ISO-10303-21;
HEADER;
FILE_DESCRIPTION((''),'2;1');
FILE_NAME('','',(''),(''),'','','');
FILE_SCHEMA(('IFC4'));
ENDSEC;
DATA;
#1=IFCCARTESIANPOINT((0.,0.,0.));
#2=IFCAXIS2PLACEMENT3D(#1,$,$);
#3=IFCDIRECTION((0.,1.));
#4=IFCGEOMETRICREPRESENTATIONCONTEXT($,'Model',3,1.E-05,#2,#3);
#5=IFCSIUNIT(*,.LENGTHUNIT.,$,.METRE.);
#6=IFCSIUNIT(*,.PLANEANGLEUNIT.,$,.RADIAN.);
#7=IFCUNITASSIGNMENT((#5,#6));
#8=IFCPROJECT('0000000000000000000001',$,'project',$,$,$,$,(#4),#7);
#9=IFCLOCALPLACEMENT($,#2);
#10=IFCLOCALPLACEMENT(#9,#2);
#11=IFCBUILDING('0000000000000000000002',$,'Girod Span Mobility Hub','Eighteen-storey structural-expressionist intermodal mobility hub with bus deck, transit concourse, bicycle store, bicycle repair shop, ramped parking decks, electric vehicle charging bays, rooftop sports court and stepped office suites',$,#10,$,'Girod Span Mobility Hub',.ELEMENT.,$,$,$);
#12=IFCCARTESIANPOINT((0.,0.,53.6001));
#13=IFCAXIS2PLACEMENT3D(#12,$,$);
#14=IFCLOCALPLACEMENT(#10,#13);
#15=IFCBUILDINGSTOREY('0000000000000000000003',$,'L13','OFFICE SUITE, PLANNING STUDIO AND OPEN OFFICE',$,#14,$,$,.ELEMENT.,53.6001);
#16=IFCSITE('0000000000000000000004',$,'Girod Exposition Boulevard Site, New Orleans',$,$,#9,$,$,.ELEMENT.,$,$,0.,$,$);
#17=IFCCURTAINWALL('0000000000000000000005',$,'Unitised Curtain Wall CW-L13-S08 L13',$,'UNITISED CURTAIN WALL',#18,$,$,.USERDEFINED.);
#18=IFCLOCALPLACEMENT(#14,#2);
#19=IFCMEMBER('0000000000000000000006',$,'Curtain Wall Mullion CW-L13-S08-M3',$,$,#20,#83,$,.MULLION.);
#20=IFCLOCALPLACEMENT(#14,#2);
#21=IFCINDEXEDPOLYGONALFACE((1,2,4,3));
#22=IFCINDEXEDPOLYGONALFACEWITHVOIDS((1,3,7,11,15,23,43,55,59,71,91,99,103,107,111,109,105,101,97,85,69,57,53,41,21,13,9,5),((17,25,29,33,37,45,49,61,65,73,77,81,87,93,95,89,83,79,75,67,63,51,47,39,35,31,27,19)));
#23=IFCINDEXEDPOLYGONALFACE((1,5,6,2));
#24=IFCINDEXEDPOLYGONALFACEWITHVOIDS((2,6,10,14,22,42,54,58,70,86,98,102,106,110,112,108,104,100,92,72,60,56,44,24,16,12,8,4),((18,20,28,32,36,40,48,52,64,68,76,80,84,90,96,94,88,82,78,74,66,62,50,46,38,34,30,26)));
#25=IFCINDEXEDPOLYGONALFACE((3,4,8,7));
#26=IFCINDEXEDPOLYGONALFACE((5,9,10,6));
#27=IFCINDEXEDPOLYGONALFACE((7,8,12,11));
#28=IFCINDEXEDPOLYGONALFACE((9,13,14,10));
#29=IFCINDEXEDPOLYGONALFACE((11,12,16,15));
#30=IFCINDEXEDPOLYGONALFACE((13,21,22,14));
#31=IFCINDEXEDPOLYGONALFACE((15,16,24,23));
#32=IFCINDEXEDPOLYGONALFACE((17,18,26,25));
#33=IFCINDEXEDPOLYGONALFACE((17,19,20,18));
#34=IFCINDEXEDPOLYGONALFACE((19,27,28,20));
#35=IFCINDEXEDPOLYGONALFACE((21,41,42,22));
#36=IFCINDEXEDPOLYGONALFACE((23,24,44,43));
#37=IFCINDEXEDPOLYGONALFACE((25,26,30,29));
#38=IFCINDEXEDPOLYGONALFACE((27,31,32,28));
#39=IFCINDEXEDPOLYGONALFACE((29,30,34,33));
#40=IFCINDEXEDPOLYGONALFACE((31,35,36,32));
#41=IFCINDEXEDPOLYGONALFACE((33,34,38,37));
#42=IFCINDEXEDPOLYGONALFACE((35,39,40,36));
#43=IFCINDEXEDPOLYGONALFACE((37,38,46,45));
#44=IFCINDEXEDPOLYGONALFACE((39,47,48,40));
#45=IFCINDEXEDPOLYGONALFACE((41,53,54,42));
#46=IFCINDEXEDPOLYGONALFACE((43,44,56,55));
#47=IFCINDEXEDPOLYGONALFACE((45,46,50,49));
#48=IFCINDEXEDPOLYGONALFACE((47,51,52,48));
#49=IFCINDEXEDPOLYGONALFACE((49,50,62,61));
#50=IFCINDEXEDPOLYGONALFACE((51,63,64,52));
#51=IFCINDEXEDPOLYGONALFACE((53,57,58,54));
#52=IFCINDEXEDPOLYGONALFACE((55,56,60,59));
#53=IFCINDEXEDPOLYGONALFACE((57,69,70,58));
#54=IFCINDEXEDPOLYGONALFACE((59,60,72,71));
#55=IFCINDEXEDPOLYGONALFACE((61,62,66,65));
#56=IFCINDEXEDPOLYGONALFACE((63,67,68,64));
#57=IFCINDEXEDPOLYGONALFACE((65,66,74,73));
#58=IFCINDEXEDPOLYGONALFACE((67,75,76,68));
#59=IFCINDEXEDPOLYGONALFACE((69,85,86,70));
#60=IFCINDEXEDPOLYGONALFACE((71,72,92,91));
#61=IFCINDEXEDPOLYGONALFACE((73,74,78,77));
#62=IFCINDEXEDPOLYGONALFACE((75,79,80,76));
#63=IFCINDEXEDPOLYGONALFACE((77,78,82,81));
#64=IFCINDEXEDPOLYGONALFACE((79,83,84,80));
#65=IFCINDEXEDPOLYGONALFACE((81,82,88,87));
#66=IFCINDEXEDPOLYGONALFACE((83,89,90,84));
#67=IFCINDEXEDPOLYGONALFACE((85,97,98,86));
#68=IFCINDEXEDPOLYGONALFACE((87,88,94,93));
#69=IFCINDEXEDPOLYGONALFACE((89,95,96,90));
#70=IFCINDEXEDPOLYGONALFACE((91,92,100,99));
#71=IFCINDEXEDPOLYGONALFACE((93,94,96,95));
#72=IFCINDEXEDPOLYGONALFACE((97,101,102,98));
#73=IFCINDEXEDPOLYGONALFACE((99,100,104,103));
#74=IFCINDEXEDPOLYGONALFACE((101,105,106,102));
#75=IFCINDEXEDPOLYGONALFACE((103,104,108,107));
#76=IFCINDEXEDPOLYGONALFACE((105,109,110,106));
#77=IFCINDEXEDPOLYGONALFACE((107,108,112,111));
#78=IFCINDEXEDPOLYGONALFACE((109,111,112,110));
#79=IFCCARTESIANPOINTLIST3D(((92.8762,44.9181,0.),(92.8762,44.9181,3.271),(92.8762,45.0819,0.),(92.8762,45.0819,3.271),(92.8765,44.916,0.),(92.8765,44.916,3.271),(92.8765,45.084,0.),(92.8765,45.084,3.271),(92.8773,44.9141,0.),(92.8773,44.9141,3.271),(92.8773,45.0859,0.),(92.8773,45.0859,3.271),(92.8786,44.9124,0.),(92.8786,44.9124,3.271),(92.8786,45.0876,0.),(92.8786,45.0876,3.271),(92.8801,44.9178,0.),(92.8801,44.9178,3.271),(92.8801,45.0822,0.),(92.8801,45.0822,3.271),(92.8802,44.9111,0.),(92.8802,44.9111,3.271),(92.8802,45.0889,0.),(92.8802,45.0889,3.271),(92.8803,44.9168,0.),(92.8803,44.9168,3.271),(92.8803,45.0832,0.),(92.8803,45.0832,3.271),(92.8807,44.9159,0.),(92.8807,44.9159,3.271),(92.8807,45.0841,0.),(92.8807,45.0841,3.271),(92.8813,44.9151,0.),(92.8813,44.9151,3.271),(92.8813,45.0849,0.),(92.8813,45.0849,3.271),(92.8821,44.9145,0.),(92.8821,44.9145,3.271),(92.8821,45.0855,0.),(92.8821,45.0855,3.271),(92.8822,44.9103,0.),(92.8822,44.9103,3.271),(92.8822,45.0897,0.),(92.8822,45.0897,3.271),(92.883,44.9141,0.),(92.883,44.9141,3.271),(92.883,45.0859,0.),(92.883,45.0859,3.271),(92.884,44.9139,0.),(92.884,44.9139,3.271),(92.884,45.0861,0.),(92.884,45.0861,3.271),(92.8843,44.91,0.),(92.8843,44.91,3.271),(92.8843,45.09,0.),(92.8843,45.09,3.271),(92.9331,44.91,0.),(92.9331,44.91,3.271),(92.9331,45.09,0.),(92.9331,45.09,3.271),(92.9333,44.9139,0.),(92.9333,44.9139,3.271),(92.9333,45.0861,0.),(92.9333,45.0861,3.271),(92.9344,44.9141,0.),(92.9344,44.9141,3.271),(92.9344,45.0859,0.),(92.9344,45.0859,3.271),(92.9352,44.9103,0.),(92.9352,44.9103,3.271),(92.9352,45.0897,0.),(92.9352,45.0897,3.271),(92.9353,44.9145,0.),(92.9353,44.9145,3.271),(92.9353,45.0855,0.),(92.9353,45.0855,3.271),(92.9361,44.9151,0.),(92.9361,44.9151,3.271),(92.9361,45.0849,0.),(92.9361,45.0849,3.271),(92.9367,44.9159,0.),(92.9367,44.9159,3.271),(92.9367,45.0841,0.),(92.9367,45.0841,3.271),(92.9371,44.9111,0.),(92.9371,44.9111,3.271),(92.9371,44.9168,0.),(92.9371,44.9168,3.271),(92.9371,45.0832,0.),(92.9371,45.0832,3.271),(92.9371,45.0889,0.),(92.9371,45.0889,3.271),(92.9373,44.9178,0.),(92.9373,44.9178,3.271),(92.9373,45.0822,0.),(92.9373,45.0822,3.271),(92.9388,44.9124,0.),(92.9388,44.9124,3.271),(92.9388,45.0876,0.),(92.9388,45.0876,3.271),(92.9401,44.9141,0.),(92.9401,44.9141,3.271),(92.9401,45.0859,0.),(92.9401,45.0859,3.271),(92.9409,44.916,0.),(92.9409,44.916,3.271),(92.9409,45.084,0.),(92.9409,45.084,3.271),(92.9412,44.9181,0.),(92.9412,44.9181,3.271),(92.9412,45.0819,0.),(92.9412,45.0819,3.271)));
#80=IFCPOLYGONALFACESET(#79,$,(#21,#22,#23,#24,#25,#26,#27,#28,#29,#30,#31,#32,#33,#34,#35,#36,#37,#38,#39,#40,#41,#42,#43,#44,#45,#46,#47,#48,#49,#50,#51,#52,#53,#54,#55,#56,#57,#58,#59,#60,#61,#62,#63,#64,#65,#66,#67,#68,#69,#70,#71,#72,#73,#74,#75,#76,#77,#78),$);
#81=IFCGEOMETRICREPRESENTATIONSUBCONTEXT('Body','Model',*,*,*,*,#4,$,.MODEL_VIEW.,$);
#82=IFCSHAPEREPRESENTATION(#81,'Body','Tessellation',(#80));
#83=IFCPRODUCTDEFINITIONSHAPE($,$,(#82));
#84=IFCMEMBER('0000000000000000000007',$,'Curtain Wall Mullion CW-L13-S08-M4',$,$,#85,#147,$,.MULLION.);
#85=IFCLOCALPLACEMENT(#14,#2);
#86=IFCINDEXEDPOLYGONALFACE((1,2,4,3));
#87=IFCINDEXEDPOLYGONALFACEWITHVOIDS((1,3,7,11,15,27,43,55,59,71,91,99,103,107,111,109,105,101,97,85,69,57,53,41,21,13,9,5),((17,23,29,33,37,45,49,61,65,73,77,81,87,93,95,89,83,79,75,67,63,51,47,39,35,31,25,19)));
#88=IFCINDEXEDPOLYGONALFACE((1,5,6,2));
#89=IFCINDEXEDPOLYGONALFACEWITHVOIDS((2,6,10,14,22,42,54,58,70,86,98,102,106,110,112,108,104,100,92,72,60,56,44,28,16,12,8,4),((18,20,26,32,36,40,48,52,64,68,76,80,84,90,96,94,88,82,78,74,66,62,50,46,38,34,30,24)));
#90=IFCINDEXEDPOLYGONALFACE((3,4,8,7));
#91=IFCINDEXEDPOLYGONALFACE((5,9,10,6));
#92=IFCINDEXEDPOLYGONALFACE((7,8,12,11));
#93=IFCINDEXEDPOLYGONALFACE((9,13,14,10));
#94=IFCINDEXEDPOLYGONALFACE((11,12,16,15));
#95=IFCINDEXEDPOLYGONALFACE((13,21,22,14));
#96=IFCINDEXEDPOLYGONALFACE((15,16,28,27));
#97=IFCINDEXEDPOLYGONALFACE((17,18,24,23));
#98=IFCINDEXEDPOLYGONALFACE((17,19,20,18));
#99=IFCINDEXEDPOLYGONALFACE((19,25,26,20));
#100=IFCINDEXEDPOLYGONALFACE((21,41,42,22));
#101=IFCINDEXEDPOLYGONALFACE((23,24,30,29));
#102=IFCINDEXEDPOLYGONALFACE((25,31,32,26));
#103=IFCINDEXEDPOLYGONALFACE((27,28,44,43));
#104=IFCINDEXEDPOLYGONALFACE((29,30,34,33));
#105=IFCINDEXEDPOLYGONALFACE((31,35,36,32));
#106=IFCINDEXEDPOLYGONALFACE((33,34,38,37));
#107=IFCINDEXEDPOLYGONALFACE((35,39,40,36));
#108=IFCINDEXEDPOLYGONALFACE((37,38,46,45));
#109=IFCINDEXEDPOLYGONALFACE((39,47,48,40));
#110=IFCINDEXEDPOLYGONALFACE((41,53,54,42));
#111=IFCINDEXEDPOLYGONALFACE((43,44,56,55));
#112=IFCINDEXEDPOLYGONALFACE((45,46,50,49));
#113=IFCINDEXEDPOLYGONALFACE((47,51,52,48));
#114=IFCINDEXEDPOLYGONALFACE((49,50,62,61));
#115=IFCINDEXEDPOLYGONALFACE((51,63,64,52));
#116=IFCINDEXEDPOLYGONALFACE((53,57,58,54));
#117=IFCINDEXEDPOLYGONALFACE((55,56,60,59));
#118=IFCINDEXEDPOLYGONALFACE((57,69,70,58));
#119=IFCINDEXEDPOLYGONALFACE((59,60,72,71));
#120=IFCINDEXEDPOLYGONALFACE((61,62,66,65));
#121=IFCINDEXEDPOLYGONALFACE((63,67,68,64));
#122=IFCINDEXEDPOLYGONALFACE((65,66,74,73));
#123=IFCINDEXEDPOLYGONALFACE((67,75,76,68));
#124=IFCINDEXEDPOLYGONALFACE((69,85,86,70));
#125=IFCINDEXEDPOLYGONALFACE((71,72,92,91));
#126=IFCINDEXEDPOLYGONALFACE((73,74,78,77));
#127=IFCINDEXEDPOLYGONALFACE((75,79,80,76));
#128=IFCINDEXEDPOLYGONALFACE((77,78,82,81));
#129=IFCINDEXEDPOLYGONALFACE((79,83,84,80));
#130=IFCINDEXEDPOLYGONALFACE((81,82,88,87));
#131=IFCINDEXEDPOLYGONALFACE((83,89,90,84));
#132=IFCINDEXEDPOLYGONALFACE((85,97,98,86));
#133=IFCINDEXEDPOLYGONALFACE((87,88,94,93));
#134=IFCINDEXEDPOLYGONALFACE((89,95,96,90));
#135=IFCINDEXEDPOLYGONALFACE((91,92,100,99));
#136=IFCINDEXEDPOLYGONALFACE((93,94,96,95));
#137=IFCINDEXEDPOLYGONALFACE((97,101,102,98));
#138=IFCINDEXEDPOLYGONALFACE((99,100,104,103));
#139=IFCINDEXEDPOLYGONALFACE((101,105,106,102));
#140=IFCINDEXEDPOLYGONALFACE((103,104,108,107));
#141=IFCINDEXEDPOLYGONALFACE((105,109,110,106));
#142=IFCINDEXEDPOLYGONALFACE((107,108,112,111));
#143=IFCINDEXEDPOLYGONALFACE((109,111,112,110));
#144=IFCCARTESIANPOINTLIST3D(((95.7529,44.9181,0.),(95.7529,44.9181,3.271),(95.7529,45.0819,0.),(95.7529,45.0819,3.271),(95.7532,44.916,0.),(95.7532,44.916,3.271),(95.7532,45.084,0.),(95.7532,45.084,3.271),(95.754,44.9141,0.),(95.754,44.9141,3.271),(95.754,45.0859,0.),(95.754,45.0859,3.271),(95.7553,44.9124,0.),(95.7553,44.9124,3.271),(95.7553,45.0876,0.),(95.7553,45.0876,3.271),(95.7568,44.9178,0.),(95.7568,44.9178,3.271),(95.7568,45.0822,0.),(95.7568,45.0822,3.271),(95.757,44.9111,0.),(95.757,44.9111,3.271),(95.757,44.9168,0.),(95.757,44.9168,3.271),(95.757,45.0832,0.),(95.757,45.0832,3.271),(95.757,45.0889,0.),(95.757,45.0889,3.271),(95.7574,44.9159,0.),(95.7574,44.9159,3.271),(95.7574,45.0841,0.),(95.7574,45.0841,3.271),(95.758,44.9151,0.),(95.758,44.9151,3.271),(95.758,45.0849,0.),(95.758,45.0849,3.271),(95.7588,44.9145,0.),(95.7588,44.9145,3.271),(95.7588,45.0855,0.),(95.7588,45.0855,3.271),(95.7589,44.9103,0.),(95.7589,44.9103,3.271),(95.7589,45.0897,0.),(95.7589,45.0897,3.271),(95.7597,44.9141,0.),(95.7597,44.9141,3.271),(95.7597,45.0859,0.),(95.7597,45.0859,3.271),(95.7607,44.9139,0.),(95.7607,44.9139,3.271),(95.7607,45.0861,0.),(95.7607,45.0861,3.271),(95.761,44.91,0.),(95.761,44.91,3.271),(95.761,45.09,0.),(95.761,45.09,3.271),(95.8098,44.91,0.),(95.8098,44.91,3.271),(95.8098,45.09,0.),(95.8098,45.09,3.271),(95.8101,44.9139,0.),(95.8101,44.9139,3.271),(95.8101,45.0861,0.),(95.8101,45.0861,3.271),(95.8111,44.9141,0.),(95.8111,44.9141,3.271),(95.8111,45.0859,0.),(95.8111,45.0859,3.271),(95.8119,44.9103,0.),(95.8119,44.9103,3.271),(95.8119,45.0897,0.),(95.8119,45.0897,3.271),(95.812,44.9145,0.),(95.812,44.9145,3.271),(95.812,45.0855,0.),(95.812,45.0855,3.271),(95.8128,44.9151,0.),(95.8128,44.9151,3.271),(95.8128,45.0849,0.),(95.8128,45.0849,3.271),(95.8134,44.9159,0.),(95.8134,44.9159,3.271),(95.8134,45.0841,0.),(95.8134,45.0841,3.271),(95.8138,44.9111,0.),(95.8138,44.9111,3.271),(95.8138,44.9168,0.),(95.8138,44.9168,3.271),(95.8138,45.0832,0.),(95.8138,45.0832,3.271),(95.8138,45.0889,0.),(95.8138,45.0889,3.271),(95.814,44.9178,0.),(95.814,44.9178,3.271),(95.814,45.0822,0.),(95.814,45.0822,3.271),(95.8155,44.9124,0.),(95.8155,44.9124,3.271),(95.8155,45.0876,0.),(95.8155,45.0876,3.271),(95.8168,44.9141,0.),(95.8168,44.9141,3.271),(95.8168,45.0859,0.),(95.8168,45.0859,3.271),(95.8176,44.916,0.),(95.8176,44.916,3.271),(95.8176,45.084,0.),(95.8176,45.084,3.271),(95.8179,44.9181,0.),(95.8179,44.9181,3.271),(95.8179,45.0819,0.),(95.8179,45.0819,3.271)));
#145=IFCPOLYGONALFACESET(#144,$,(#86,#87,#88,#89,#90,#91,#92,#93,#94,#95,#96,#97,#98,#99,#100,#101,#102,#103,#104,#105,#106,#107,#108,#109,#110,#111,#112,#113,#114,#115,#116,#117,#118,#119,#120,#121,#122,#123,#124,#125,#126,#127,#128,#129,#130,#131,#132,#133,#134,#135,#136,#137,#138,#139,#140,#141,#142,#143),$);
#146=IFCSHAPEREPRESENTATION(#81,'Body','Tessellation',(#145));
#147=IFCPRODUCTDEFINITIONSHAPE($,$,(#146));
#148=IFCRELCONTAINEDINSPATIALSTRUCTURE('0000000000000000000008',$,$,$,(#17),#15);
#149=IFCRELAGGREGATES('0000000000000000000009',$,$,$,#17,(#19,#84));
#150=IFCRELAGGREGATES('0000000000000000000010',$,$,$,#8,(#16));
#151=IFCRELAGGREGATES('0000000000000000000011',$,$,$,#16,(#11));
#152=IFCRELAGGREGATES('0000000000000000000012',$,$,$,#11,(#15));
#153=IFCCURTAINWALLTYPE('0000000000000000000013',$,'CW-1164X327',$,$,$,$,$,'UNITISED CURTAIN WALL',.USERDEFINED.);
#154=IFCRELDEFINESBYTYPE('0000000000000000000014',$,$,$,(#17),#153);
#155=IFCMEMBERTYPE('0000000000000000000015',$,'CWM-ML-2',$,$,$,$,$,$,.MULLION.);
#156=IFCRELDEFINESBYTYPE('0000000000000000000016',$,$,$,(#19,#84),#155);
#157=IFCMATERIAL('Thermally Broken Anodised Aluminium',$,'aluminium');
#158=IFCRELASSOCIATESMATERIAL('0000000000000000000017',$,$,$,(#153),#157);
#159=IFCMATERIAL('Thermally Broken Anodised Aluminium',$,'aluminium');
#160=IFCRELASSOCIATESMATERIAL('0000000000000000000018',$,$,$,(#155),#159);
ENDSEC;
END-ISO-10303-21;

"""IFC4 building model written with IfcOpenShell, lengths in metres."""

from ifc_helpers import new_model, si_unit, direction, frame, origin, origin_2d, place, context, subcontext, project, spatial, hollow_rectangle, extrude, material, material_profile, profile_set, type_object, element, aggregate, save


model = new_model("IFC4")

# Units and contexts
model_context = context("Model", 3, precision=1e-05, world=origin(), true_north=direction((0.0, 1.0)))
body_context = subcontext(model_context, "Body", "Model", "MODEL_VIEW")
ifc_project = project(units=[si_unit("LENGTHUNIT", "METRE"), si_unit("PLANEANGLEUNIT", "RADIAN")], contexts=[model_context])

# Site, building, storey
site_placement = place(None, origin())
site = spatial("IfcSite", under=ifc_project, at=site_placement, Name="Girod Exposition Boulevard Site, New Orleans", CompositionType="ELEMENT", RefElevation=0.0)
building_placement = place(site_placement, origin())
building = spatial("IfcBuilding", under=site, at=building_placement, Name="Girod Span Mobility Hub", Description="Eighteen-storey structural-expressionist intermodal mobility hub with bus deck, transit concourse, bicycle store, bicycle repair shop, ramped parking decks, electric vehicle charging bays, rooftop sports court and stepped office suites", LongName="Girod Span Mobility Hub", CompositionType="ELEMENT")
storey_placement = place(building_placement, frame((0.0, 0.0, 53.6001)))
storey = spatial("IfcBuildingStorey", under=building, at=storey_placement, Name="L13", Description="OFFICE SUITE, PLANNING STUDIO AND OPEN OFFICE", CompositionType="ELEMENT", Elevation=53.6001)

# Curtain wall, members
ifc_material_1 = material(Name="Thermally Broken Anodised Aluminium", Category="aluminium")
curtain_wall_type = type_object("IfcCurtainWallType", Name="CW-1164X327", ElementType="UNITISED CURTAIN WALL", PredefinedType="USERDEFINED", material=ifc_material_1)
curtain_wall_1_placement = place(storey_placement, origin())
curtain_wall_1 = element("IfcCurtainWall", 1, at=curtain_wall_1_placement, inside=storey, type_object=curtain_wall_type, Name="Unitised Curtain Wall CW-L13-S08 L13", ObjectType="UNITISED CURTAIN WALL", PredefinedType="USERDEFINED")
ifc_material_2 = material(Name="Thermally Broken Anodised Aluminium", Category="aluminium")
ifc_material_profile_1 = material_profile(ifc_material_2, hollow_rectangle(XDim=0.1799, YDim=0.0649, WallThickness=0.0039, InnerFilletRadius=0.0039, OuterFilletRadius=0.0081, at=origin_2d()), Name="CW-ML-65X180")
ifc_profile_set_1 = profile_set([ifc_material_profile_1], Name="Thermally Broken Anodised Aluminium")
member_type_1 = type_object("IfcMemberType", Name="CWM-ML-2", PredefinedType="MULLION", material=ifc_profile_set_1)
member_1_placement = place(storey_placement, frame((92.9087, 45.0, 0.0), z_axis=(0.0, 0.0, 1.0), x_axis=(0.0, 1.0, 0.0)))
member_1 = element("IfcMember", 2, at=member_1_placement, type_object=member_type_1, Name="Curtain Wall Mullion CW-L13-S08-M3", PredefinedType="MULLION", context=body_context, shape_type="SweptSolid", body=[
    extrude(hollow_rectangle(XDim=0.1799, YDim=0.0649, WallThickness=0.0039, InnerFilletRadius=0.0039, OuterFilletRadius=0.0081, at=origin_2d()), origin(), (0.0, 0.0, 1.0), 3.271),
])
member_2_placement = place(storey_placement, frame((95.7854, 45.0, 0.0), z_axis=(0.0, 0.0, 1.0), x_axis=(0.0, 1.0, 0.0)))
member_2 = element("IfcMember", 3, at=member_2_placement, type_object=member_type_1, Name="Curtain Wall Mullion CW-L13-S08-M4", PredefinedType="MULLION", context=body_context, shape_type="SweptSolid", body=[
    extrude(hollow_rectangle(XDim=0.1799, YDim=0.0649, WallThickness=0.0039, InnerFilletRadius=0.0039, OuterFilletRadius=0.0081, at=origin_2d()), origin(), (0.0, 0.0, 1.0), 3.271),
])

aggregate(curtain_wall_1, [member_1, member_2])

save(model, "model.ifc")
